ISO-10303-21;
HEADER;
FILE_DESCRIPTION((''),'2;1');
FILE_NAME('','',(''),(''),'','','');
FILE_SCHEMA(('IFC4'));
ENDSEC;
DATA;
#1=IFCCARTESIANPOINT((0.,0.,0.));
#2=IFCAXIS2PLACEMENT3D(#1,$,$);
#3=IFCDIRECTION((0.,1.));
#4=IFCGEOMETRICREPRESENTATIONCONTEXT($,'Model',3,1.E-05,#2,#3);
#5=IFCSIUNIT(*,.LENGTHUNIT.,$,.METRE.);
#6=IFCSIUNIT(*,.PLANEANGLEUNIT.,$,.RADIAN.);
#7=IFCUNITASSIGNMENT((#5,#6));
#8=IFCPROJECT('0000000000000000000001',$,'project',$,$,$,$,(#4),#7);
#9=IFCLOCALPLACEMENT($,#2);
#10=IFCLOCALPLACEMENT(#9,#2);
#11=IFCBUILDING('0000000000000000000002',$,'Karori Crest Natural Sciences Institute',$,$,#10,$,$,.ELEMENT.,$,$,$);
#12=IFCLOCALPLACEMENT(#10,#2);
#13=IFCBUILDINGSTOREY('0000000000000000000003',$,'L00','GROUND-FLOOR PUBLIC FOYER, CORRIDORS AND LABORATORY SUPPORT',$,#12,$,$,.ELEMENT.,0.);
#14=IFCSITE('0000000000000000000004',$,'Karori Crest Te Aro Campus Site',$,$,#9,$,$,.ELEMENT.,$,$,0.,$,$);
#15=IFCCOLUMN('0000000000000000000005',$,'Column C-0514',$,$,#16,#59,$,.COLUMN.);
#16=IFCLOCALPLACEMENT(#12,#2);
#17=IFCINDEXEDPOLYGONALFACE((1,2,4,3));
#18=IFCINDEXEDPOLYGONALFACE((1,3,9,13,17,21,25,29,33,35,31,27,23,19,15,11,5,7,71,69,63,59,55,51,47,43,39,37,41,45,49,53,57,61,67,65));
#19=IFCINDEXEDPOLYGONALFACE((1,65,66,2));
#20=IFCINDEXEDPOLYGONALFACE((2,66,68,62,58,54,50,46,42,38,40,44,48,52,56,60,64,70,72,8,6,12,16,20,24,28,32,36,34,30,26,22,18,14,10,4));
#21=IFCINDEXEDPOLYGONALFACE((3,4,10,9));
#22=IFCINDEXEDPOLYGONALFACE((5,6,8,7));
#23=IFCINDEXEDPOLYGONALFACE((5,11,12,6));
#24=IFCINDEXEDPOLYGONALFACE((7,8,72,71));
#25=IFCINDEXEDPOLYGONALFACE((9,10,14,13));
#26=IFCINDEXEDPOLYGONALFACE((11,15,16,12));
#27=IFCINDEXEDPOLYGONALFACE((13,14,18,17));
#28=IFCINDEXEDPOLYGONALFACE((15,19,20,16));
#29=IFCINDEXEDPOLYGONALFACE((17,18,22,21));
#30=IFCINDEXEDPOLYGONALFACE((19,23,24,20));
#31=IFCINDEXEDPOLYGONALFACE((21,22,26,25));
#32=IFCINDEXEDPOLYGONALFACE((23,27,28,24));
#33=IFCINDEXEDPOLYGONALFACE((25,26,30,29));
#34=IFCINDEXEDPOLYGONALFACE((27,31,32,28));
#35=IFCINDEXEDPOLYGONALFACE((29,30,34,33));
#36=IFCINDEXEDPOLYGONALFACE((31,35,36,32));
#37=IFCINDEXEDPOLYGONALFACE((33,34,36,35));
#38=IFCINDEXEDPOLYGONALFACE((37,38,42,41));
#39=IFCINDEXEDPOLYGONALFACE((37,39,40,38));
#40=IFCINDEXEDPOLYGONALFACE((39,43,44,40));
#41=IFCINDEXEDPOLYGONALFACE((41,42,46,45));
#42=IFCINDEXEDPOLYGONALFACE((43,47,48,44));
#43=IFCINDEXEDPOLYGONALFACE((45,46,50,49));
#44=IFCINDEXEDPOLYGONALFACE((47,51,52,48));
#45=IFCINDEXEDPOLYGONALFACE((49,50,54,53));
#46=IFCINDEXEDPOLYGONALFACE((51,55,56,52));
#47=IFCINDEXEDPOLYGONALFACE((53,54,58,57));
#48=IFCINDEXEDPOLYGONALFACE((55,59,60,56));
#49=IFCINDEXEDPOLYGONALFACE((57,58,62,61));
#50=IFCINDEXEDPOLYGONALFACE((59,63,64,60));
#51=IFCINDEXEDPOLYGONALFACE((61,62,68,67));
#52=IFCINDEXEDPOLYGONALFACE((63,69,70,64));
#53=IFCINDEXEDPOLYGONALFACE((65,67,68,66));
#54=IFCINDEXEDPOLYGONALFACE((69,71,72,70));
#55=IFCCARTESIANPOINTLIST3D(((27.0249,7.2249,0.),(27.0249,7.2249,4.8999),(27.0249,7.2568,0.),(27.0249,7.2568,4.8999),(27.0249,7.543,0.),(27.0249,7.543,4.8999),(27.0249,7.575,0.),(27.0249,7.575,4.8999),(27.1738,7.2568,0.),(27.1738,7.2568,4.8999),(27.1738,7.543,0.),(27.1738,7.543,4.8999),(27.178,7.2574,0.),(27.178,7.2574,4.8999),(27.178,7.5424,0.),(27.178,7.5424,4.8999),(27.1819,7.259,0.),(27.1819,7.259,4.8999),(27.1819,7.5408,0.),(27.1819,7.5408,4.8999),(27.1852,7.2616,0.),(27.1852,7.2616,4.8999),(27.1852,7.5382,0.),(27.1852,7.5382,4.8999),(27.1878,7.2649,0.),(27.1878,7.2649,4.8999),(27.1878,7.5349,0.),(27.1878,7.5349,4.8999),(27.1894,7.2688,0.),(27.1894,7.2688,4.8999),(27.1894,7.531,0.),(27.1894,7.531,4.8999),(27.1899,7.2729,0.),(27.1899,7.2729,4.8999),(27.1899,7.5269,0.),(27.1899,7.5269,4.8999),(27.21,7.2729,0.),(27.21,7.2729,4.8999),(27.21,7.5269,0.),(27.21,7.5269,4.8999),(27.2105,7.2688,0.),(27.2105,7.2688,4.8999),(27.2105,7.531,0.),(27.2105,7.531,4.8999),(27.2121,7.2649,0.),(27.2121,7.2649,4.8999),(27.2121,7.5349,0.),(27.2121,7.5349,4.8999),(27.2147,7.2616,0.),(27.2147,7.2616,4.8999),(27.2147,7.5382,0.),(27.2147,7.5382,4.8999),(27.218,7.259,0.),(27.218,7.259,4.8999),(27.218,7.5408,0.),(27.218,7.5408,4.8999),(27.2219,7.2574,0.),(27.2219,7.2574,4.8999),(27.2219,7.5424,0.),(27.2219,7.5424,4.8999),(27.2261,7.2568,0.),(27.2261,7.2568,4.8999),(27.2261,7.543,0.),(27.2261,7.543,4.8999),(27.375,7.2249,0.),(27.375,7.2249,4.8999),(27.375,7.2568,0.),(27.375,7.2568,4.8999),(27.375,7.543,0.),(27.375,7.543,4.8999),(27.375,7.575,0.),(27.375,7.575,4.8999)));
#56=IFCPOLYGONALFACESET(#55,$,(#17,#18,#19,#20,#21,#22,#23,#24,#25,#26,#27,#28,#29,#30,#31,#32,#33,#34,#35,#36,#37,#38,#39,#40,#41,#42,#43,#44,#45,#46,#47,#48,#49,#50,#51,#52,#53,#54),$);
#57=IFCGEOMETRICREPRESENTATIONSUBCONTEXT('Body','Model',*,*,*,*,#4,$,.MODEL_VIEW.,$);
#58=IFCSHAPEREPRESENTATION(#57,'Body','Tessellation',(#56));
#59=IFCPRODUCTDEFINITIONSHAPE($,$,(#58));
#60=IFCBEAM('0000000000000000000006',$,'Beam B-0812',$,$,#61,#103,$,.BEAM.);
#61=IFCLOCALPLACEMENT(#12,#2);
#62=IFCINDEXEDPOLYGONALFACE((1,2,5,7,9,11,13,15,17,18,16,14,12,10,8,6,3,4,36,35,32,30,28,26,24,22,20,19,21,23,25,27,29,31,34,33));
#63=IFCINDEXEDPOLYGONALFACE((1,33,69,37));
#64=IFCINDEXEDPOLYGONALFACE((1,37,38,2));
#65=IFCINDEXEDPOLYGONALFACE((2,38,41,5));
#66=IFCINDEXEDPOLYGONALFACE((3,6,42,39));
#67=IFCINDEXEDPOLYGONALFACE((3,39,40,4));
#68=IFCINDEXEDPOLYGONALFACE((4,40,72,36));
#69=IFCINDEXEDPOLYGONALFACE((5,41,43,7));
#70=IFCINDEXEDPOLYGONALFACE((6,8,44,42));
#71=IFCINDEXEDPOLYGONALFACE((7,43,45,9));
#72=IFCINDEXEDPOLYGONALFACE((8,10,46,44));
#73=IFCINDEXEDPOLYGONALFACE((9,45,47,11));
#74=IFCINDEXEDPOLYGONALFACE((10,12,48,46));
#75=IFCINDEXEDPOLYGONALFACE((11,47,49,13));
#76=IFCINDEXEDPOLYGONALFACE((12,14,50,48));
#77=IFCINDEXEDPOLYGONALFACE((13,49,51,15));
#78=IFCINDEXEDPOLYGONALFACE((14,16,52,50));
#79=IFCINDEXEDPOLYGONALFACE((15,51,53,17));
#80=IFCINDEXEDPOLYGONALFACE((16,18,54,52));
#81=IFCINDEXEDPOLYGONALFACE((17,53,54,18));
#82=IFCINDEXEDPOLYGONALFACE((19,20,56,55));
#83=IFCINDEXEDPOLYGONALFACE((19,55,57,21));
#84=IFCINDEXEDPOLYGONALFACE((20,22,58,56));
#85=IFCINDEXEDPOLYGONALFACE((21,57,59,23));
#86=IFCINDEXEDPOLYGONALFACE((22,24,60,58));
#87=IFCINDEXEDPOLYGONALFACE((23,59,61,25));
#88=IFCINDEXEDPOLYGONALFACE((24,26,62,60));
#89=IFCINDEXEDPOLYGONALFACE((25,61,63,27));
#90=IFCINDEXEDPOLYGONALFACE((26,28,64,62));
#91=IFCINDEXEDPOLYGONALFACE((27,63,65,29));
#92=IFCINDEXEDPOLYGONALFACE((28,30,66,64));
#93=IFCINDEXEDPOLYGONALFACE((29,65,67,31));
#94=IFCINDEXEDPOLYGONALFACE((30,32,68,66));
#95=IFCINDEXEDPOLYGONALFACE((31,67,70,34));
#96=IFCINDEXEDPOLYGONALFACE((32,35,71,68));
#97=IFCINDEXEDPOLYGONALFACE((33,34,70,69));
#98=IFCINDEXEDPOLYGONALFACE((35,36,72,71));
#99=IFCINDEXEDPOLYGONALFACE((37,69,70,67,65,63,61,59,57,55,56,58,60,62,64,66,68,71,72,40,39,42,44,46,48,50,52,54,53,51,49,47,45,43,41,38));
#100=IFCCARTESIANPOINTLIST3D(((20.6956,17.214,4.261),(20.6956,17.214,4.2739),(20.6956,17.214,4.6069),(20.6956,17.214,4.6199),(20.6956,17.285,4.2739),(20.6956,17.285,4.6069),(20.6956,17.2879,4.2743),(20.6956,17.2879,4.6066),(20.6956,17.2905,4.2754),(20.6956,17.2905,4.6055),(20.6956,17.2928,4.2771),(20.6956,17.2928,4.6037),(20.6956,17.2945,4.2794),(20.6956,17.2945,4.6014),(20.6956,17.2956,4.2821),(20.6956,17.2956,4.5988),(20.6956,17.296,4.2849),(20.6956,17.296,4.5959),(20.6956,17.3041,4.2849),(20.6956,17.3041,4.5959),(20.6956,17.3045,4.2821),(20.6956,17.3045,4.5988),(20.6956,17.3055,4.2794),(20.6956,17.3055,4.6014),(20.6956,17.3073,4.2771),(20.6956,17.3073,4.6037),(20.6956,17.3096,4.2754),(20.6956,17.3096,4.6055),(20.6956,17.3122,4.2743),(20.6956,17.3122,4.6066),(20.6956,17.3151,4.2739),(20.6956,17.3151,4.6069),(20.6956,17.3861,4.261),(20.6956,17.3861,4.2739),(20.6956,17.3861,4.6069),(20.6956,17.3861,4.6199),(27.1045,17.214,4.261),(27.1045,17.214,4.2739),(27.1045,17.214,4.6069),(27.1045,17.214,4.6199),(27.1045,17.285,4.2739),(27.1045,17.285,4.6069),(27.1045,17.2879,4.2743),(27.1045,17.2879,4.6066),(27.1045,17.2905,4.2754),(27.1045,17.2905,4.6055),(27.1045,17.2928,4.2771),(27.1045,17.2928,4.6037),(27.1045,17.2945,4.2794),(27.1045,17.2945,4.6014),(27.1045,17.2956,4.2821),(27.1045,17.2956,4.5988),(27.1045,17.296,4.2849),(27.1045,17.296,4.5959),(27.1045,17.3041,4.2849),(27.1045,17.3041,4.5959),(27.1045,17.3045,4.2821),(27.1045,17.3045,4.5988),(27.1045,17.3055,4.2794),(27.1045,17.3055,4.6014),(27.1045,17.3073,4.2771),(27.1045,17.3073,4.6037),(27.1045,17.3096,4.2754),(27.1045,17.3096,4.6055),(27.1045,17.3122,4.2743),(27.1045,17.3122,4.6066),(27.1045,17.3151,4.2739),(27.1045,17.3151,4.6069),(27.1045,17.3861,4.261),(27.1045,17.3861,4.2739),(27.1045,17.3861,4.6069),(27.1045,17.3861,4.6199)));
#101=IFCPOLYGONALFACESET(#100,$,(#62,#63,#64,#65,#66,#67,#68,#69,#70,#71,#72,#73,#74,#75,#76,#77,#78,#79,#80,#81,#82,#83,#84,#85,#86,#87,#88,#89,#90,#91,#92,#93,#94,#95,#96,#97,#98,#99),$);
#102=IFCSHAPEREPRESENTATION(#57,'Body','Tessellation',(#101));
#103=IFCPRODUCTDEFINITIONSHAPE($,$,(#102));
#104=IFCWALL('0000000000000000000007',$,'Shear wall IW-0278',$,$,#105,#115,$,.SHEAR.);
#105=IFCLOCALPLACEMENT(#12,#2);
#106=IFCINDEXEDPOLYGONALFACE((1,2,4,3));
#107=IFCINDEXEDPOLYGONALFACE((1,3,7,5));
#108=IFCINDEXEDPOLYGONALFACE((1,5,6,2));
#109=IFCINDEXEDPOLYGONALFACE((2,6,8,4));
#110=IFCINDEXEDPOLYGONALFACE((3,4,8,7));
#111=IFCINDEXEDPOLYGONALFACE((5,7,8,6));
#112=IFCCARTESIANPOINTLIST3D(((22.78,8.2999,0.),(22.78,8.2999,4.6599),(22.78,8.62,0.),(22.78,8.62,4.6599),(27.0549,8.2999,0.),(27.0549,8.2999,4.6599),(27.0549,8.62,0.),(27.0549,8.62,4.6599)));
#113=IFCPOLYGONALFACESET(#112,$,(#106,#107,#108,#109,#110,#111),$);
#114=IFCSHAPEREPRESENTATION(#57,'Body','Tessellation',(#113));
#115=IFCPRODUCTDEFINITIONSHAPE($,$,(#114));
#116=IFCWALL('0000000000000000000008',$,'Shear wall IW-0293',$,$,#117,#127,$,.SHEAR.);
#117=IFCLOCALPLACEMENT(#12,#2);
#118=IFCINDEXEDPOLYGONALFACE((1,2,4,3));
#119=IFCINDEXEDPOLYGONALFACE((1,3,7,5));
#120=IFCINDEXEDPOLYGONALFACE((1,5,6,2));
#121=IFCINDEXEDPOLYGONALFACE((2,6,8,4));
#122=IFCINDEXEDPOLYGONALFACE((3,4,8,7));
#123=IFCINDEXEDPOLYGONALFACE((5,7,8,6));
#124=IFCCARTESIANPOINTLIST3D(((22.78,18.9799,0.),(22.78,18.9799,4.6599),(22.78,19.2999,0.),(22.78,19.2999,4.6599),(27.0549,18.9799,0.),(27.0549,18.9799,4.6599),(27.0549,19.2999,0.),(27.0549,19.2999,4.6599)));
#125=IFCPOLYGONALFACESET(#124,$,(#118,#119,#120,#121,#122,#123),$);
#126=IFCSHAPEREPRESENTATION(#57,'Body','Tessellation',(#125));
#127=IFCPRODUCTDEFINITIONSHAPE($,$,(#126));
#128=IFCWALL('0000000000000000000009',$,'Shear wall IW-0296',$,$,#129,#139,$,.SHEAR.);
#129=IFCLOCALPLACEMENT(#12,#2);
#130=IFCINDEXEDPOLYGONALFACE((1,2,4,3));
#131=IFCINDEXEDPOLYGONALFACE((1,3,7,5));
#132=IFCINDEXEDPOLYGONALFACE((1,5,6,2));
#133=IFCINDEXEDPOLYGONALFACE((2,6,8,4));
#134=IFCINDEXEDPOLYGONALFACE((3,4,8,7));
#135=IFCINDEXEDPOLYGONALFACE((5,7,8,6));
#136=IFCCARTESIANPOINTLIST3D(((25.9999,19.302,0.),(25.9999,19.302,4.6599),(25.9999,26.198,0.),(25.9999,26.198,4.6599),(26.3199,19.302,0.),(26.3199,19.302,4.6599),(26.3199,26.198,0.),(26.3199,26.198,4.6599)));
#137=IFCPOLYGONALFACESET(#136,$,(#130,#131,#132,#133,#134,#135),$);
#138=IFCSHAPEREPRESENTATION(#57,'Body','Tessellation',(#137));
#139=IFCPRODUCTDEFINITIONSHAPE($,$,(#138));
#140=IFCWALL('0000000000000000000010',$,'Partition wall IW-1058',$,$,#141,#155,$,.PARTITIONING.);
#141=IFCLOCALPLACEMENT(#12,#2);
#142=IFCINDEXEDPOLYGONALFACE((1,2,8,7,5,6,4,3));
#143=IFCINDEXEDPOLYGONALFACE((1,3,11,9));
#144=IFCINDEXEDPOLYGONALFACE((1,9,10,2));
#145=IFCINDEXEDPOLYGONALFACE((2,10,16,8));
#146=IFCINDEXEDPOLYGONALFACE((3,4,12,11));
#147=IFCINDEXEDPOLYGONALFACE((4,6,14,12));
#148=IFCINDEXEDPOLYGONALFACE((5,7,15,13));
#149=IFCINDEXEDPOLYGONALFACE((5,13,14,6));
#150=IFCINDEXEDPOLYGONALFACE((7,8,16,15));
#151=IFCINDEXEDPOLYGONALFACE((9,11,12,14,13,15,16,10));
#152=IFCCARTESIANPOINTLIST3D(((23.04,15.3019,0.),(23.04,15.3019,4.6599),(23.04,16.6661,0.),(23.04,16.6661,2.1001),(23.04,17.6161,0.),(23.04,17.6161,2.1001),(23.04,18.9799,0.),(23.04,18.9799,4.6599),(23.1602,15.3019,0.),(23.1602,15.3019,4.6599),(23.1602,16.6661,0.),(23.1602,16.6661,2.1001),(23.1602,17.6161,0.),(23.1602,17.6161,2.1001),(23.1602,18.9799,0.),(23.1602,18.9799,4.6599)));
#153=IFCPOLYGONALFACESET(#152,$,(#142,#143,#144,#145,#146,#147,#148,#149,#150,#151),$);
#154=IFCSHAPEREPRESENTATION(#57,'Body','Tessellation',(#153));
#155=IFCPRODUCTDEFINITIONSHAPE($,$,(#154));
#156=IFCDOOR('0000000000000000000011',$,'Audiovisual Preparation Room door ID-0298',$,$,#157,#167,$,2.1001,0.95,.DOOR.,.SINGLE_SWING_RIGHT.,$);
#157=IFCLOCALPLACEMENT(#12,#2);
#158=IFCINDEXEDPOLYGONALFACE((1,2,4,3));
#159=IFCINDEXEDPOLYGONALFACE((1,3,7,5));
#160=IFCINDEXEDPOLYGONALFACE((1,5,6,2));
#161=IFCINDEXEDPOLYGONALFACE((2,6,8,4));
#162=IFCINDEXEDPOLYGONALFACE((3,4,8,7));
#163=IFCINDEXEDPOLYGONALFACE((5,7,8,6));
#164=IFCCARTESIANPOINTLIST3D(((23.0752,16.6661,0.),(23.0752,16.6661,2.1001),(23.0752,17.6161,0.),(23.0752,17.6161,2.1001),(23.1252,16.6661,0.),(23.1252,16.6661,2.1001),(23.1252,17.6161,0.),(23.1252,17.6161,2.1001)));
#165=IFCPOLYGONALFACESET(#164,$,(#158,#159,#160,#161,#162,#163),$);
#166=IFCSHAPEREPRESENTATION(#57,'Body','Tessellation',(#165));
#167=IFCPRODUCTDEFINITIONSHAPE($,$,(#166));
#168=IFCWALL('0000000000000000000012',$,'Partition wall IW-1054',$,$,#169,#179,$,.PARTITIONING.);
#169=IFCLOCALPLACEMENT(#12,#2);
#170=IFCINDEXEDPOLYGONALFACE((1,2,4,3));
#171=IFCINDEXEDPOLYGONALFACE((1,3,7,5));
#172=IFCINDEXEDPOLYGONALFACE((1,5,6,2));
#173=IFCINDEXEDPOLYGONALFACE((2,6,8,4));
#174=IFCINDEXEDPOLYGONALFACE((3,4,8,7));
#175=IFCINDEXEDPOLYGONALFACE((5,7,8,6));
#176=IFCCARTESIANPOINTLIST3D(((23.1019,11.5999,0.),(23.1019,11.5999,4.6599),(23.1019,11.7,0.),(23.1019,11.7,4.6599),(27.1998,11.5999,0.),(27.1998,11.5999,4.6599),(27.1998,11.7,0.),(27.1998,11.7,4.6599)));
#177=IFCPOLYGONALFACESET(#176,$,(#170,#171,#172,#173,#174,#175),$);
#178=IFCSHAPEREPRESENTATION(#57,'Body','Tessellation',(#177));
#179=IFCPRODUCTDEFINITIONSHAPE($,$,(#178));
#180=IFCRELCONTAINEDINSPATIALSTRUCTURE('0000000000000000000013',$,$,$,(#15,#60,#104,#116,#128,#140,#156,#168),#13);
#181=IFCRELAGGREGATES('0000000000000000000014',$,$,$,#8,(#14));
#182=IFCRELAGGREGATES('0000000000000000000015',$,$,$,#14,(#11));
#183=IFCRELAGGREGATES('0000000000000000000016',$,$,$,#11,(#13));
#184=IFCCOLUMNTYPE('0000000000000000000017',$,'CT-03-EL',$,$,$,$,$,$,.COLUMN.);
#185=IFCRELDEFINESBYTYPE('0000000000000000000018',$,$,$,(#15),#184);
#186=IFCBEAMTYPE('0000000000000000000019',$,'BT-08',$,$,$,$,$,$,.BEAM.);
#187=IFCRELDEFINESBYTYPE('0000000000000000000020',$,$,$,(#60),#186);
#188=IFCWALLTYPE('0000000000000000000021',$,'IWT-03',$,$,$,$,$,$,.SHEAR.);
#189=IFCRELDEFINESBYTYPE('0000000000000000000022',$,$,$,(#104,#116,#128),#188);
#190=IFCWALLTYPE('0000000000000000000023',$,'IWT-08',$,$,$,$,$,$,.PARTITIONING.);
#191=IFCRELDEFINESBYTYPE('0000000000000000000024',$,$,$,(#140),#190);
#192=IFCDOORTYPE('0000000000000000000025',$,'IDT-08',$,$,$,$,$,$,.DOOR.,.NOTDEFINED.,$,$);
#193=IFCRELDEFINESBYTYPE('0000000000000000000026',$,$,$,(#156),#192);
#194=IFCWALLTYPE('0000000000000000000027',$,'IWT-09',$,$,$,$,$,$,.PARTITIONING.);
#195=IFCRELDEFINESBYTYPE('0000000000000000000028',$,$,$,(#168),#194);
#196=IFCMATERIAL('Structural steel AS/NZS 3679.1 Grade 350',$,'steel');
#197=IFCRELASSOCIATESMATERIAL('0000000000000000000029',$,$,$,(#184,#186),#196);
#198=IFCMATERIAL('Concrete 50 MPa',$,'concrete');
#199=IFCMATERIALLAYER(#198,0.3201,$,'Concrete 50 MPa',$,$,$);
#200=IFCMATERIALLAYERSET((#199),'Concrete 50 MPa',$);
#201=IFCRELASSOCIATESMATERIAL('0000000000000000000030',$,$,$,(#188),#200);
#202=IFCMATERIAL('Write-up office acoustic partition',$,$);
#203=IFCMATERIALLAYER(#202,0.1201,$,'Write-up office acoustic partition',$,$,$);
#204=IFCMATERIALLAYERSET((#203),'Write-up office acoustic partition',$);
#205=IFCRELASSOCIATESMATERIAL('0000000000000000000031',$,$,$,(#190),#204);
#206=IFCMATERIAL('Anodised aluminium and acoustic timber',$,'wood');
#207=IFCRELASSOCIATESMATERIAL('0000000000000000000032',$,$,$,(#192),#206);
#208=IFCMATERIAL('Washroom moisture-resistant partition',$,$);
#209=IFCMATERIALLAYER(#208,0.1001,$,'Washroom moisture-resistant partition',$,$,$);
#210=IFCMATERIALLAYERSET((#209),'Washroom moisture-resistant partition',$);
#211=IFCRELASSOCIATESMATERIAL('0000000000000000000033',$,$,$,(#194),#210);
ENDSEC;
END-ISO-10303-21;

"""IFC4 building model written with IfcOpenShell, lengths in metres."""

from ifc_helpers import new_model, si_unit, direction, frame, frame_2d, origin, origin_2d, place, context, subcontext, project, spatial, rectangle, i_section, extrude, material, layer, layer_set, material_profile, profile_set, type_object, element, fill, save


model = new_model("IFC4")

# Units and contexts
model_context = context("Model", 3, precision=1e-05, world=origin(), true_north=direction((0.0, 1.0)))
body_context = subcontext(model_context, "Body", "Model", "MODEL_VIEW")
ifc_project = project(units=[si_unit("LENGTHUNIT", "METRE"), si_unit("PLANEANGLEUNIT", "RADIAN")], contexts=[model_context])

# Site, building, storey
site_placement = place(None, origin())
site = spatial("IfcSite", under=ifc_project, at=site_placement, Name="Karori Crest Te Aro Campus Site", CompositionType="ELEMENT", RefElevation=0.0)
building_placement = place(site_placement, origin())
building = spatial("IfcBuilding", under=site, at=building_placement, Name="Karori Crest Natural Sciences Institute", CompositionType="ELEMENT")
storey_placement = place(building_placement, origin())
storey = spatial("IfcBuildingStorey", under=building, at=storey_placement, Name="L00", Description="GROUND-FLOOR PUBLIC FOYER, CORRIDORS AND LABORATORY SUPPORT", CompositionType="ELEMENT", Elevation=0.0)

# Column
ifc_material_1 = material(Name="Structural steel AS/NZS 3679.1 Grade 350", Category="steel")
ifc_material_profile_1 = material_profile(ifc_material_1, i_section(OverallWidth=0.3501, OverallDepth=0.3501, WebThickness=0.02, FlangeThickness=0.032, FilletRadius=0.0161, at=origin_2d()), Name="350WC280")
ifc_profile_set_1 = profile_set([ifc_material_profile_1], Name="Structural steel AS/NZS 3679.1 Grade 350")
column_type = type_object("IfcColumnType", Name="CT-03-EL", PredefinedType="COLUMN", material=ifc_profile_set_1)
column_placement = place(storey_placement, frame((27.2, 7.3999, 0.0), z_axis=(0.0, 0.0, 1.0), x_axis=(1.0, 0.0, 0.0)))
element("IfcColumn", 1, at=column_placement, inside=storey, type_object=column_type, Name="Column C-0514", PredefinedType="COLUMN", context=body_context, shape_type="SweptSolid", body=[
    extrude(i_section(OverallWidth=0.3501, OverallDepth=0.3501, WebThickness=0.02, FlangeThickness=0.032, FilletRadius=0.0161, at=origin_2d()), origin(), (0.0, 0.0, 1.0), 4.8999),
])

# Beam
ifc_material_profile_2 = material_profile(ifc_material_1, i_section(OverallWidth=0.1721, OverallDepth=0.3589, WebThickness=0.0081, FlangeThickness=0.0129, FilletRadius=0.011, at=origin_2d()), Name="360UB56.7")
ifc_profile_set_2 = profile_set([ifc_material_profile_2], Name="Structural steel AS/NZS 3679.1 Grade 350")
beam_type = type_object("IfcBeamType", Name="BT-08", PredefinedType="BEAM", material=ifc_profile_set_2)
beam_placement = place(storey_placement, frame((20.6956, 17.3, 4.4404), z_axis=(1.0, 0.0, 0.0), x_axis=(0.0, 1.0, 0.0)))
element("IfcBeam", 2, at=beam_placement, inside=storey, type_object=beam_type, Name="Beam B-0812", PredefinedType="BEAM", context=body_context, shape_type="SweptSolid", body=[
    extrude(i_section(OverallWidth=0.1721, OverallDepth=0.3589, WebThickness=0.0081, FlangeThickness=0.0129, FilletRadius=0.011, at=origin_2d()), origin(), (0.0, 0.0, 1.0), 6.4089),
])

# Walls
ifc_material_2 = material(Name="Concrete 50 MPa", Category="concrete")
ifc_layer_1 = layer(ifc_material_2, 0.3201, Name="Concrete 50 MPa")
ifc_layer_set_1 = layer_set([ifc_layer_1], Name="Concrete 50 MPa")
wall_type_1 = type_object("IfcWallType", Name="IWT-03", PredefinedType="SHEAR", material=ifc_layer_set_1)
for number, where, z_axis, x_axis, name in (
    (3, (22.78, 8.46, 0.0), (0.0, 0.0, 1.0), (1.0, 0.0, 0.0), "Shear wall IW-0278"),
    (4, (22.78, 19.1399, 0.0), (0.0, 0.0, 1.0), (1.0, 0.0, 0.0), "Shear wall IW-0293"),
):
    element("IfcWall", number, at=place(storey_placement, frame(where, z_axis=z_axis, x_axis=x_axis)), inside=storey, type_object=wall_type_1, Name=name, PredefinedType="SHEAR", context=body_context, shape_type="SweptSolid", body=[
        extrude(rectangle(XDim=4.2749, YDim=0.3201, at=frame_2d((2.1375, 0.0))), origin(), (0.0, 0.0, 1.0), 4.6599),
    ])

# Wall
wall_1_placement = place(storey_placement, frame((26.1599, 19.302, 0.0), z_axis=(0.0, 0.0, 1.0), x_axis=(0.0, 1.0, 0.0)))
element("IfcWall", 5, at=wall_1_placement, inside=storey, type_object=wall_type_1, Name="Shear wall IW-0296", PredefinedType="SHEAR", context=body_context, shape_type="SweptSolid", body=[
    extrude(rectangle(XDim=6.896, YDim=0.3201, at=frame_2d((3.448, 0.0))), origin(), (0.0, 0.0, 1.0), 4.6599),
])

# Wall, opening, door
ifc_material_3 = material(Name="Write-up office acoustic partition")
ifc_layer_2 = layer(ifc_material_3, 0.1201, Name="Write-up office acoustic partition")
ifc_layer_set_2 = layer_set([ifc_layer_2], Name="Write-up office acoustic partition")
wall_type_2 = type_object("IfcWallType", Name="IWT-08", PredefinedType="PARTITIONING", material=ifc_layer_set_2)
wall_2_placement = place(storey_placement, frame((23.1001, 15.302, 0.0), z_axis=(0.0, 0.0, 1.0), x_axis=(0.0, 1.0, 0.0)))
wall_2 = element("IfcWall", 6, at=wall_2_placement, inside=storey, type_object=wall_type_2, Name="Partition wall IW-1058", PredefinedType="PARTITIONING", context=body_context, shape_type="SweptSolid", body=[
    extrude(rectangle(XDim=3.678, YDim=0.1201, at=frame_2d((1.8389, 0.0))), origin(), (0.0, 0.0, 1.0), 4.6599),
])
opening_1_placement = place(wall_2_placement, frame((1.364, 0.0, 0.0)))
opening_1 = element("IfcOpeningElement", 7, at=opening_1_placement, cuts=wall_2, PredefinedType="OPENING", context=body_context, shape_type="SweptSolid", body=[
    extrude(rectangle(XDim=0.95, YDim=2.1001, at=frame_2d((0.4751, 1.05))), frame((0.0, 0.0701, 0.0), z_axis=(0.0, -1.0, 0.0), x_axis=(1.0, 0.0, 0.0)), (0.0, 0.0, 1.0), 0.1401),
])
ifc_material_4 = material(Name="Anodised aluminium and acoustic timber", Category="wood")
door_type_1 = type_object("IfcDoorType", Name="IDT-08", OperationType="NOTDEFINED", PredefinedType="DOOR", material=ifc_material_4)
door_1_placement = place(opening_1_placement, origin())
door_1 = element("IfcDoor", 8, at=door_1_placement, inside=storey, type_object=door_type_1, Name="Audiovisual Preparation Room door ID-0298", OperationType="SINGLE_SWING_RIGHT", OverallHeight=2.1001, OverallWidth=0.95, PredefinedType="DOOR", context=body_context, shape_type="SweptSolid", body=[
    extrude(rectangle(XDim=0.95, YDim=2.1001, at=frame_2d((0.4751, 1.05))), frame((0.0, 0.0249, 0.0), z_axis=(0.0, -1.0, 0.0), x_axis=(1.0, 0.0, 0.0)), (0.0, 0.0, 1.0), 0.05),
])
fill(opening_1, door_1)

# Wall
ifc_material_5 = material(Name="Washroom moisture-resistant partition")
ifc_layer_3 = layer(ifc_material_5, 0.1001, Name="Washroom moisture-resistant partition")
ifc_layer_set_3 = layer_set([ifc_layer_3], Name="Washroom moisture-resistant partition")
wall_type_3 = type_object("IfcWallType", Name="IWT-09", PredefinedType="PARTITIONING", material=ifc_layer_set_3)
wall_3_placement = place(storey_placement, frame((23.1021, 11.6499, 0.0), z_axis=(0.0, 0.0, 1.0), x_axis=(1.0, 0.0, 0.0)))
element("IfcWall", 9, at=wall_3_placement, inside=storey, type_object=wall_type_3, Name="Partition wall IW-1054", PredefinedType="PARTITIONING", context=body_context, shape_type="SweptSolid", body=[
    extrude(rectangle(XDim=4.0979, YDim=0.1001, at=frame_2d((2.0488, 0.0))), origin(), (0.0, 0.0, 1.0), 4.6599),
])

save(model, "model.ifc")
